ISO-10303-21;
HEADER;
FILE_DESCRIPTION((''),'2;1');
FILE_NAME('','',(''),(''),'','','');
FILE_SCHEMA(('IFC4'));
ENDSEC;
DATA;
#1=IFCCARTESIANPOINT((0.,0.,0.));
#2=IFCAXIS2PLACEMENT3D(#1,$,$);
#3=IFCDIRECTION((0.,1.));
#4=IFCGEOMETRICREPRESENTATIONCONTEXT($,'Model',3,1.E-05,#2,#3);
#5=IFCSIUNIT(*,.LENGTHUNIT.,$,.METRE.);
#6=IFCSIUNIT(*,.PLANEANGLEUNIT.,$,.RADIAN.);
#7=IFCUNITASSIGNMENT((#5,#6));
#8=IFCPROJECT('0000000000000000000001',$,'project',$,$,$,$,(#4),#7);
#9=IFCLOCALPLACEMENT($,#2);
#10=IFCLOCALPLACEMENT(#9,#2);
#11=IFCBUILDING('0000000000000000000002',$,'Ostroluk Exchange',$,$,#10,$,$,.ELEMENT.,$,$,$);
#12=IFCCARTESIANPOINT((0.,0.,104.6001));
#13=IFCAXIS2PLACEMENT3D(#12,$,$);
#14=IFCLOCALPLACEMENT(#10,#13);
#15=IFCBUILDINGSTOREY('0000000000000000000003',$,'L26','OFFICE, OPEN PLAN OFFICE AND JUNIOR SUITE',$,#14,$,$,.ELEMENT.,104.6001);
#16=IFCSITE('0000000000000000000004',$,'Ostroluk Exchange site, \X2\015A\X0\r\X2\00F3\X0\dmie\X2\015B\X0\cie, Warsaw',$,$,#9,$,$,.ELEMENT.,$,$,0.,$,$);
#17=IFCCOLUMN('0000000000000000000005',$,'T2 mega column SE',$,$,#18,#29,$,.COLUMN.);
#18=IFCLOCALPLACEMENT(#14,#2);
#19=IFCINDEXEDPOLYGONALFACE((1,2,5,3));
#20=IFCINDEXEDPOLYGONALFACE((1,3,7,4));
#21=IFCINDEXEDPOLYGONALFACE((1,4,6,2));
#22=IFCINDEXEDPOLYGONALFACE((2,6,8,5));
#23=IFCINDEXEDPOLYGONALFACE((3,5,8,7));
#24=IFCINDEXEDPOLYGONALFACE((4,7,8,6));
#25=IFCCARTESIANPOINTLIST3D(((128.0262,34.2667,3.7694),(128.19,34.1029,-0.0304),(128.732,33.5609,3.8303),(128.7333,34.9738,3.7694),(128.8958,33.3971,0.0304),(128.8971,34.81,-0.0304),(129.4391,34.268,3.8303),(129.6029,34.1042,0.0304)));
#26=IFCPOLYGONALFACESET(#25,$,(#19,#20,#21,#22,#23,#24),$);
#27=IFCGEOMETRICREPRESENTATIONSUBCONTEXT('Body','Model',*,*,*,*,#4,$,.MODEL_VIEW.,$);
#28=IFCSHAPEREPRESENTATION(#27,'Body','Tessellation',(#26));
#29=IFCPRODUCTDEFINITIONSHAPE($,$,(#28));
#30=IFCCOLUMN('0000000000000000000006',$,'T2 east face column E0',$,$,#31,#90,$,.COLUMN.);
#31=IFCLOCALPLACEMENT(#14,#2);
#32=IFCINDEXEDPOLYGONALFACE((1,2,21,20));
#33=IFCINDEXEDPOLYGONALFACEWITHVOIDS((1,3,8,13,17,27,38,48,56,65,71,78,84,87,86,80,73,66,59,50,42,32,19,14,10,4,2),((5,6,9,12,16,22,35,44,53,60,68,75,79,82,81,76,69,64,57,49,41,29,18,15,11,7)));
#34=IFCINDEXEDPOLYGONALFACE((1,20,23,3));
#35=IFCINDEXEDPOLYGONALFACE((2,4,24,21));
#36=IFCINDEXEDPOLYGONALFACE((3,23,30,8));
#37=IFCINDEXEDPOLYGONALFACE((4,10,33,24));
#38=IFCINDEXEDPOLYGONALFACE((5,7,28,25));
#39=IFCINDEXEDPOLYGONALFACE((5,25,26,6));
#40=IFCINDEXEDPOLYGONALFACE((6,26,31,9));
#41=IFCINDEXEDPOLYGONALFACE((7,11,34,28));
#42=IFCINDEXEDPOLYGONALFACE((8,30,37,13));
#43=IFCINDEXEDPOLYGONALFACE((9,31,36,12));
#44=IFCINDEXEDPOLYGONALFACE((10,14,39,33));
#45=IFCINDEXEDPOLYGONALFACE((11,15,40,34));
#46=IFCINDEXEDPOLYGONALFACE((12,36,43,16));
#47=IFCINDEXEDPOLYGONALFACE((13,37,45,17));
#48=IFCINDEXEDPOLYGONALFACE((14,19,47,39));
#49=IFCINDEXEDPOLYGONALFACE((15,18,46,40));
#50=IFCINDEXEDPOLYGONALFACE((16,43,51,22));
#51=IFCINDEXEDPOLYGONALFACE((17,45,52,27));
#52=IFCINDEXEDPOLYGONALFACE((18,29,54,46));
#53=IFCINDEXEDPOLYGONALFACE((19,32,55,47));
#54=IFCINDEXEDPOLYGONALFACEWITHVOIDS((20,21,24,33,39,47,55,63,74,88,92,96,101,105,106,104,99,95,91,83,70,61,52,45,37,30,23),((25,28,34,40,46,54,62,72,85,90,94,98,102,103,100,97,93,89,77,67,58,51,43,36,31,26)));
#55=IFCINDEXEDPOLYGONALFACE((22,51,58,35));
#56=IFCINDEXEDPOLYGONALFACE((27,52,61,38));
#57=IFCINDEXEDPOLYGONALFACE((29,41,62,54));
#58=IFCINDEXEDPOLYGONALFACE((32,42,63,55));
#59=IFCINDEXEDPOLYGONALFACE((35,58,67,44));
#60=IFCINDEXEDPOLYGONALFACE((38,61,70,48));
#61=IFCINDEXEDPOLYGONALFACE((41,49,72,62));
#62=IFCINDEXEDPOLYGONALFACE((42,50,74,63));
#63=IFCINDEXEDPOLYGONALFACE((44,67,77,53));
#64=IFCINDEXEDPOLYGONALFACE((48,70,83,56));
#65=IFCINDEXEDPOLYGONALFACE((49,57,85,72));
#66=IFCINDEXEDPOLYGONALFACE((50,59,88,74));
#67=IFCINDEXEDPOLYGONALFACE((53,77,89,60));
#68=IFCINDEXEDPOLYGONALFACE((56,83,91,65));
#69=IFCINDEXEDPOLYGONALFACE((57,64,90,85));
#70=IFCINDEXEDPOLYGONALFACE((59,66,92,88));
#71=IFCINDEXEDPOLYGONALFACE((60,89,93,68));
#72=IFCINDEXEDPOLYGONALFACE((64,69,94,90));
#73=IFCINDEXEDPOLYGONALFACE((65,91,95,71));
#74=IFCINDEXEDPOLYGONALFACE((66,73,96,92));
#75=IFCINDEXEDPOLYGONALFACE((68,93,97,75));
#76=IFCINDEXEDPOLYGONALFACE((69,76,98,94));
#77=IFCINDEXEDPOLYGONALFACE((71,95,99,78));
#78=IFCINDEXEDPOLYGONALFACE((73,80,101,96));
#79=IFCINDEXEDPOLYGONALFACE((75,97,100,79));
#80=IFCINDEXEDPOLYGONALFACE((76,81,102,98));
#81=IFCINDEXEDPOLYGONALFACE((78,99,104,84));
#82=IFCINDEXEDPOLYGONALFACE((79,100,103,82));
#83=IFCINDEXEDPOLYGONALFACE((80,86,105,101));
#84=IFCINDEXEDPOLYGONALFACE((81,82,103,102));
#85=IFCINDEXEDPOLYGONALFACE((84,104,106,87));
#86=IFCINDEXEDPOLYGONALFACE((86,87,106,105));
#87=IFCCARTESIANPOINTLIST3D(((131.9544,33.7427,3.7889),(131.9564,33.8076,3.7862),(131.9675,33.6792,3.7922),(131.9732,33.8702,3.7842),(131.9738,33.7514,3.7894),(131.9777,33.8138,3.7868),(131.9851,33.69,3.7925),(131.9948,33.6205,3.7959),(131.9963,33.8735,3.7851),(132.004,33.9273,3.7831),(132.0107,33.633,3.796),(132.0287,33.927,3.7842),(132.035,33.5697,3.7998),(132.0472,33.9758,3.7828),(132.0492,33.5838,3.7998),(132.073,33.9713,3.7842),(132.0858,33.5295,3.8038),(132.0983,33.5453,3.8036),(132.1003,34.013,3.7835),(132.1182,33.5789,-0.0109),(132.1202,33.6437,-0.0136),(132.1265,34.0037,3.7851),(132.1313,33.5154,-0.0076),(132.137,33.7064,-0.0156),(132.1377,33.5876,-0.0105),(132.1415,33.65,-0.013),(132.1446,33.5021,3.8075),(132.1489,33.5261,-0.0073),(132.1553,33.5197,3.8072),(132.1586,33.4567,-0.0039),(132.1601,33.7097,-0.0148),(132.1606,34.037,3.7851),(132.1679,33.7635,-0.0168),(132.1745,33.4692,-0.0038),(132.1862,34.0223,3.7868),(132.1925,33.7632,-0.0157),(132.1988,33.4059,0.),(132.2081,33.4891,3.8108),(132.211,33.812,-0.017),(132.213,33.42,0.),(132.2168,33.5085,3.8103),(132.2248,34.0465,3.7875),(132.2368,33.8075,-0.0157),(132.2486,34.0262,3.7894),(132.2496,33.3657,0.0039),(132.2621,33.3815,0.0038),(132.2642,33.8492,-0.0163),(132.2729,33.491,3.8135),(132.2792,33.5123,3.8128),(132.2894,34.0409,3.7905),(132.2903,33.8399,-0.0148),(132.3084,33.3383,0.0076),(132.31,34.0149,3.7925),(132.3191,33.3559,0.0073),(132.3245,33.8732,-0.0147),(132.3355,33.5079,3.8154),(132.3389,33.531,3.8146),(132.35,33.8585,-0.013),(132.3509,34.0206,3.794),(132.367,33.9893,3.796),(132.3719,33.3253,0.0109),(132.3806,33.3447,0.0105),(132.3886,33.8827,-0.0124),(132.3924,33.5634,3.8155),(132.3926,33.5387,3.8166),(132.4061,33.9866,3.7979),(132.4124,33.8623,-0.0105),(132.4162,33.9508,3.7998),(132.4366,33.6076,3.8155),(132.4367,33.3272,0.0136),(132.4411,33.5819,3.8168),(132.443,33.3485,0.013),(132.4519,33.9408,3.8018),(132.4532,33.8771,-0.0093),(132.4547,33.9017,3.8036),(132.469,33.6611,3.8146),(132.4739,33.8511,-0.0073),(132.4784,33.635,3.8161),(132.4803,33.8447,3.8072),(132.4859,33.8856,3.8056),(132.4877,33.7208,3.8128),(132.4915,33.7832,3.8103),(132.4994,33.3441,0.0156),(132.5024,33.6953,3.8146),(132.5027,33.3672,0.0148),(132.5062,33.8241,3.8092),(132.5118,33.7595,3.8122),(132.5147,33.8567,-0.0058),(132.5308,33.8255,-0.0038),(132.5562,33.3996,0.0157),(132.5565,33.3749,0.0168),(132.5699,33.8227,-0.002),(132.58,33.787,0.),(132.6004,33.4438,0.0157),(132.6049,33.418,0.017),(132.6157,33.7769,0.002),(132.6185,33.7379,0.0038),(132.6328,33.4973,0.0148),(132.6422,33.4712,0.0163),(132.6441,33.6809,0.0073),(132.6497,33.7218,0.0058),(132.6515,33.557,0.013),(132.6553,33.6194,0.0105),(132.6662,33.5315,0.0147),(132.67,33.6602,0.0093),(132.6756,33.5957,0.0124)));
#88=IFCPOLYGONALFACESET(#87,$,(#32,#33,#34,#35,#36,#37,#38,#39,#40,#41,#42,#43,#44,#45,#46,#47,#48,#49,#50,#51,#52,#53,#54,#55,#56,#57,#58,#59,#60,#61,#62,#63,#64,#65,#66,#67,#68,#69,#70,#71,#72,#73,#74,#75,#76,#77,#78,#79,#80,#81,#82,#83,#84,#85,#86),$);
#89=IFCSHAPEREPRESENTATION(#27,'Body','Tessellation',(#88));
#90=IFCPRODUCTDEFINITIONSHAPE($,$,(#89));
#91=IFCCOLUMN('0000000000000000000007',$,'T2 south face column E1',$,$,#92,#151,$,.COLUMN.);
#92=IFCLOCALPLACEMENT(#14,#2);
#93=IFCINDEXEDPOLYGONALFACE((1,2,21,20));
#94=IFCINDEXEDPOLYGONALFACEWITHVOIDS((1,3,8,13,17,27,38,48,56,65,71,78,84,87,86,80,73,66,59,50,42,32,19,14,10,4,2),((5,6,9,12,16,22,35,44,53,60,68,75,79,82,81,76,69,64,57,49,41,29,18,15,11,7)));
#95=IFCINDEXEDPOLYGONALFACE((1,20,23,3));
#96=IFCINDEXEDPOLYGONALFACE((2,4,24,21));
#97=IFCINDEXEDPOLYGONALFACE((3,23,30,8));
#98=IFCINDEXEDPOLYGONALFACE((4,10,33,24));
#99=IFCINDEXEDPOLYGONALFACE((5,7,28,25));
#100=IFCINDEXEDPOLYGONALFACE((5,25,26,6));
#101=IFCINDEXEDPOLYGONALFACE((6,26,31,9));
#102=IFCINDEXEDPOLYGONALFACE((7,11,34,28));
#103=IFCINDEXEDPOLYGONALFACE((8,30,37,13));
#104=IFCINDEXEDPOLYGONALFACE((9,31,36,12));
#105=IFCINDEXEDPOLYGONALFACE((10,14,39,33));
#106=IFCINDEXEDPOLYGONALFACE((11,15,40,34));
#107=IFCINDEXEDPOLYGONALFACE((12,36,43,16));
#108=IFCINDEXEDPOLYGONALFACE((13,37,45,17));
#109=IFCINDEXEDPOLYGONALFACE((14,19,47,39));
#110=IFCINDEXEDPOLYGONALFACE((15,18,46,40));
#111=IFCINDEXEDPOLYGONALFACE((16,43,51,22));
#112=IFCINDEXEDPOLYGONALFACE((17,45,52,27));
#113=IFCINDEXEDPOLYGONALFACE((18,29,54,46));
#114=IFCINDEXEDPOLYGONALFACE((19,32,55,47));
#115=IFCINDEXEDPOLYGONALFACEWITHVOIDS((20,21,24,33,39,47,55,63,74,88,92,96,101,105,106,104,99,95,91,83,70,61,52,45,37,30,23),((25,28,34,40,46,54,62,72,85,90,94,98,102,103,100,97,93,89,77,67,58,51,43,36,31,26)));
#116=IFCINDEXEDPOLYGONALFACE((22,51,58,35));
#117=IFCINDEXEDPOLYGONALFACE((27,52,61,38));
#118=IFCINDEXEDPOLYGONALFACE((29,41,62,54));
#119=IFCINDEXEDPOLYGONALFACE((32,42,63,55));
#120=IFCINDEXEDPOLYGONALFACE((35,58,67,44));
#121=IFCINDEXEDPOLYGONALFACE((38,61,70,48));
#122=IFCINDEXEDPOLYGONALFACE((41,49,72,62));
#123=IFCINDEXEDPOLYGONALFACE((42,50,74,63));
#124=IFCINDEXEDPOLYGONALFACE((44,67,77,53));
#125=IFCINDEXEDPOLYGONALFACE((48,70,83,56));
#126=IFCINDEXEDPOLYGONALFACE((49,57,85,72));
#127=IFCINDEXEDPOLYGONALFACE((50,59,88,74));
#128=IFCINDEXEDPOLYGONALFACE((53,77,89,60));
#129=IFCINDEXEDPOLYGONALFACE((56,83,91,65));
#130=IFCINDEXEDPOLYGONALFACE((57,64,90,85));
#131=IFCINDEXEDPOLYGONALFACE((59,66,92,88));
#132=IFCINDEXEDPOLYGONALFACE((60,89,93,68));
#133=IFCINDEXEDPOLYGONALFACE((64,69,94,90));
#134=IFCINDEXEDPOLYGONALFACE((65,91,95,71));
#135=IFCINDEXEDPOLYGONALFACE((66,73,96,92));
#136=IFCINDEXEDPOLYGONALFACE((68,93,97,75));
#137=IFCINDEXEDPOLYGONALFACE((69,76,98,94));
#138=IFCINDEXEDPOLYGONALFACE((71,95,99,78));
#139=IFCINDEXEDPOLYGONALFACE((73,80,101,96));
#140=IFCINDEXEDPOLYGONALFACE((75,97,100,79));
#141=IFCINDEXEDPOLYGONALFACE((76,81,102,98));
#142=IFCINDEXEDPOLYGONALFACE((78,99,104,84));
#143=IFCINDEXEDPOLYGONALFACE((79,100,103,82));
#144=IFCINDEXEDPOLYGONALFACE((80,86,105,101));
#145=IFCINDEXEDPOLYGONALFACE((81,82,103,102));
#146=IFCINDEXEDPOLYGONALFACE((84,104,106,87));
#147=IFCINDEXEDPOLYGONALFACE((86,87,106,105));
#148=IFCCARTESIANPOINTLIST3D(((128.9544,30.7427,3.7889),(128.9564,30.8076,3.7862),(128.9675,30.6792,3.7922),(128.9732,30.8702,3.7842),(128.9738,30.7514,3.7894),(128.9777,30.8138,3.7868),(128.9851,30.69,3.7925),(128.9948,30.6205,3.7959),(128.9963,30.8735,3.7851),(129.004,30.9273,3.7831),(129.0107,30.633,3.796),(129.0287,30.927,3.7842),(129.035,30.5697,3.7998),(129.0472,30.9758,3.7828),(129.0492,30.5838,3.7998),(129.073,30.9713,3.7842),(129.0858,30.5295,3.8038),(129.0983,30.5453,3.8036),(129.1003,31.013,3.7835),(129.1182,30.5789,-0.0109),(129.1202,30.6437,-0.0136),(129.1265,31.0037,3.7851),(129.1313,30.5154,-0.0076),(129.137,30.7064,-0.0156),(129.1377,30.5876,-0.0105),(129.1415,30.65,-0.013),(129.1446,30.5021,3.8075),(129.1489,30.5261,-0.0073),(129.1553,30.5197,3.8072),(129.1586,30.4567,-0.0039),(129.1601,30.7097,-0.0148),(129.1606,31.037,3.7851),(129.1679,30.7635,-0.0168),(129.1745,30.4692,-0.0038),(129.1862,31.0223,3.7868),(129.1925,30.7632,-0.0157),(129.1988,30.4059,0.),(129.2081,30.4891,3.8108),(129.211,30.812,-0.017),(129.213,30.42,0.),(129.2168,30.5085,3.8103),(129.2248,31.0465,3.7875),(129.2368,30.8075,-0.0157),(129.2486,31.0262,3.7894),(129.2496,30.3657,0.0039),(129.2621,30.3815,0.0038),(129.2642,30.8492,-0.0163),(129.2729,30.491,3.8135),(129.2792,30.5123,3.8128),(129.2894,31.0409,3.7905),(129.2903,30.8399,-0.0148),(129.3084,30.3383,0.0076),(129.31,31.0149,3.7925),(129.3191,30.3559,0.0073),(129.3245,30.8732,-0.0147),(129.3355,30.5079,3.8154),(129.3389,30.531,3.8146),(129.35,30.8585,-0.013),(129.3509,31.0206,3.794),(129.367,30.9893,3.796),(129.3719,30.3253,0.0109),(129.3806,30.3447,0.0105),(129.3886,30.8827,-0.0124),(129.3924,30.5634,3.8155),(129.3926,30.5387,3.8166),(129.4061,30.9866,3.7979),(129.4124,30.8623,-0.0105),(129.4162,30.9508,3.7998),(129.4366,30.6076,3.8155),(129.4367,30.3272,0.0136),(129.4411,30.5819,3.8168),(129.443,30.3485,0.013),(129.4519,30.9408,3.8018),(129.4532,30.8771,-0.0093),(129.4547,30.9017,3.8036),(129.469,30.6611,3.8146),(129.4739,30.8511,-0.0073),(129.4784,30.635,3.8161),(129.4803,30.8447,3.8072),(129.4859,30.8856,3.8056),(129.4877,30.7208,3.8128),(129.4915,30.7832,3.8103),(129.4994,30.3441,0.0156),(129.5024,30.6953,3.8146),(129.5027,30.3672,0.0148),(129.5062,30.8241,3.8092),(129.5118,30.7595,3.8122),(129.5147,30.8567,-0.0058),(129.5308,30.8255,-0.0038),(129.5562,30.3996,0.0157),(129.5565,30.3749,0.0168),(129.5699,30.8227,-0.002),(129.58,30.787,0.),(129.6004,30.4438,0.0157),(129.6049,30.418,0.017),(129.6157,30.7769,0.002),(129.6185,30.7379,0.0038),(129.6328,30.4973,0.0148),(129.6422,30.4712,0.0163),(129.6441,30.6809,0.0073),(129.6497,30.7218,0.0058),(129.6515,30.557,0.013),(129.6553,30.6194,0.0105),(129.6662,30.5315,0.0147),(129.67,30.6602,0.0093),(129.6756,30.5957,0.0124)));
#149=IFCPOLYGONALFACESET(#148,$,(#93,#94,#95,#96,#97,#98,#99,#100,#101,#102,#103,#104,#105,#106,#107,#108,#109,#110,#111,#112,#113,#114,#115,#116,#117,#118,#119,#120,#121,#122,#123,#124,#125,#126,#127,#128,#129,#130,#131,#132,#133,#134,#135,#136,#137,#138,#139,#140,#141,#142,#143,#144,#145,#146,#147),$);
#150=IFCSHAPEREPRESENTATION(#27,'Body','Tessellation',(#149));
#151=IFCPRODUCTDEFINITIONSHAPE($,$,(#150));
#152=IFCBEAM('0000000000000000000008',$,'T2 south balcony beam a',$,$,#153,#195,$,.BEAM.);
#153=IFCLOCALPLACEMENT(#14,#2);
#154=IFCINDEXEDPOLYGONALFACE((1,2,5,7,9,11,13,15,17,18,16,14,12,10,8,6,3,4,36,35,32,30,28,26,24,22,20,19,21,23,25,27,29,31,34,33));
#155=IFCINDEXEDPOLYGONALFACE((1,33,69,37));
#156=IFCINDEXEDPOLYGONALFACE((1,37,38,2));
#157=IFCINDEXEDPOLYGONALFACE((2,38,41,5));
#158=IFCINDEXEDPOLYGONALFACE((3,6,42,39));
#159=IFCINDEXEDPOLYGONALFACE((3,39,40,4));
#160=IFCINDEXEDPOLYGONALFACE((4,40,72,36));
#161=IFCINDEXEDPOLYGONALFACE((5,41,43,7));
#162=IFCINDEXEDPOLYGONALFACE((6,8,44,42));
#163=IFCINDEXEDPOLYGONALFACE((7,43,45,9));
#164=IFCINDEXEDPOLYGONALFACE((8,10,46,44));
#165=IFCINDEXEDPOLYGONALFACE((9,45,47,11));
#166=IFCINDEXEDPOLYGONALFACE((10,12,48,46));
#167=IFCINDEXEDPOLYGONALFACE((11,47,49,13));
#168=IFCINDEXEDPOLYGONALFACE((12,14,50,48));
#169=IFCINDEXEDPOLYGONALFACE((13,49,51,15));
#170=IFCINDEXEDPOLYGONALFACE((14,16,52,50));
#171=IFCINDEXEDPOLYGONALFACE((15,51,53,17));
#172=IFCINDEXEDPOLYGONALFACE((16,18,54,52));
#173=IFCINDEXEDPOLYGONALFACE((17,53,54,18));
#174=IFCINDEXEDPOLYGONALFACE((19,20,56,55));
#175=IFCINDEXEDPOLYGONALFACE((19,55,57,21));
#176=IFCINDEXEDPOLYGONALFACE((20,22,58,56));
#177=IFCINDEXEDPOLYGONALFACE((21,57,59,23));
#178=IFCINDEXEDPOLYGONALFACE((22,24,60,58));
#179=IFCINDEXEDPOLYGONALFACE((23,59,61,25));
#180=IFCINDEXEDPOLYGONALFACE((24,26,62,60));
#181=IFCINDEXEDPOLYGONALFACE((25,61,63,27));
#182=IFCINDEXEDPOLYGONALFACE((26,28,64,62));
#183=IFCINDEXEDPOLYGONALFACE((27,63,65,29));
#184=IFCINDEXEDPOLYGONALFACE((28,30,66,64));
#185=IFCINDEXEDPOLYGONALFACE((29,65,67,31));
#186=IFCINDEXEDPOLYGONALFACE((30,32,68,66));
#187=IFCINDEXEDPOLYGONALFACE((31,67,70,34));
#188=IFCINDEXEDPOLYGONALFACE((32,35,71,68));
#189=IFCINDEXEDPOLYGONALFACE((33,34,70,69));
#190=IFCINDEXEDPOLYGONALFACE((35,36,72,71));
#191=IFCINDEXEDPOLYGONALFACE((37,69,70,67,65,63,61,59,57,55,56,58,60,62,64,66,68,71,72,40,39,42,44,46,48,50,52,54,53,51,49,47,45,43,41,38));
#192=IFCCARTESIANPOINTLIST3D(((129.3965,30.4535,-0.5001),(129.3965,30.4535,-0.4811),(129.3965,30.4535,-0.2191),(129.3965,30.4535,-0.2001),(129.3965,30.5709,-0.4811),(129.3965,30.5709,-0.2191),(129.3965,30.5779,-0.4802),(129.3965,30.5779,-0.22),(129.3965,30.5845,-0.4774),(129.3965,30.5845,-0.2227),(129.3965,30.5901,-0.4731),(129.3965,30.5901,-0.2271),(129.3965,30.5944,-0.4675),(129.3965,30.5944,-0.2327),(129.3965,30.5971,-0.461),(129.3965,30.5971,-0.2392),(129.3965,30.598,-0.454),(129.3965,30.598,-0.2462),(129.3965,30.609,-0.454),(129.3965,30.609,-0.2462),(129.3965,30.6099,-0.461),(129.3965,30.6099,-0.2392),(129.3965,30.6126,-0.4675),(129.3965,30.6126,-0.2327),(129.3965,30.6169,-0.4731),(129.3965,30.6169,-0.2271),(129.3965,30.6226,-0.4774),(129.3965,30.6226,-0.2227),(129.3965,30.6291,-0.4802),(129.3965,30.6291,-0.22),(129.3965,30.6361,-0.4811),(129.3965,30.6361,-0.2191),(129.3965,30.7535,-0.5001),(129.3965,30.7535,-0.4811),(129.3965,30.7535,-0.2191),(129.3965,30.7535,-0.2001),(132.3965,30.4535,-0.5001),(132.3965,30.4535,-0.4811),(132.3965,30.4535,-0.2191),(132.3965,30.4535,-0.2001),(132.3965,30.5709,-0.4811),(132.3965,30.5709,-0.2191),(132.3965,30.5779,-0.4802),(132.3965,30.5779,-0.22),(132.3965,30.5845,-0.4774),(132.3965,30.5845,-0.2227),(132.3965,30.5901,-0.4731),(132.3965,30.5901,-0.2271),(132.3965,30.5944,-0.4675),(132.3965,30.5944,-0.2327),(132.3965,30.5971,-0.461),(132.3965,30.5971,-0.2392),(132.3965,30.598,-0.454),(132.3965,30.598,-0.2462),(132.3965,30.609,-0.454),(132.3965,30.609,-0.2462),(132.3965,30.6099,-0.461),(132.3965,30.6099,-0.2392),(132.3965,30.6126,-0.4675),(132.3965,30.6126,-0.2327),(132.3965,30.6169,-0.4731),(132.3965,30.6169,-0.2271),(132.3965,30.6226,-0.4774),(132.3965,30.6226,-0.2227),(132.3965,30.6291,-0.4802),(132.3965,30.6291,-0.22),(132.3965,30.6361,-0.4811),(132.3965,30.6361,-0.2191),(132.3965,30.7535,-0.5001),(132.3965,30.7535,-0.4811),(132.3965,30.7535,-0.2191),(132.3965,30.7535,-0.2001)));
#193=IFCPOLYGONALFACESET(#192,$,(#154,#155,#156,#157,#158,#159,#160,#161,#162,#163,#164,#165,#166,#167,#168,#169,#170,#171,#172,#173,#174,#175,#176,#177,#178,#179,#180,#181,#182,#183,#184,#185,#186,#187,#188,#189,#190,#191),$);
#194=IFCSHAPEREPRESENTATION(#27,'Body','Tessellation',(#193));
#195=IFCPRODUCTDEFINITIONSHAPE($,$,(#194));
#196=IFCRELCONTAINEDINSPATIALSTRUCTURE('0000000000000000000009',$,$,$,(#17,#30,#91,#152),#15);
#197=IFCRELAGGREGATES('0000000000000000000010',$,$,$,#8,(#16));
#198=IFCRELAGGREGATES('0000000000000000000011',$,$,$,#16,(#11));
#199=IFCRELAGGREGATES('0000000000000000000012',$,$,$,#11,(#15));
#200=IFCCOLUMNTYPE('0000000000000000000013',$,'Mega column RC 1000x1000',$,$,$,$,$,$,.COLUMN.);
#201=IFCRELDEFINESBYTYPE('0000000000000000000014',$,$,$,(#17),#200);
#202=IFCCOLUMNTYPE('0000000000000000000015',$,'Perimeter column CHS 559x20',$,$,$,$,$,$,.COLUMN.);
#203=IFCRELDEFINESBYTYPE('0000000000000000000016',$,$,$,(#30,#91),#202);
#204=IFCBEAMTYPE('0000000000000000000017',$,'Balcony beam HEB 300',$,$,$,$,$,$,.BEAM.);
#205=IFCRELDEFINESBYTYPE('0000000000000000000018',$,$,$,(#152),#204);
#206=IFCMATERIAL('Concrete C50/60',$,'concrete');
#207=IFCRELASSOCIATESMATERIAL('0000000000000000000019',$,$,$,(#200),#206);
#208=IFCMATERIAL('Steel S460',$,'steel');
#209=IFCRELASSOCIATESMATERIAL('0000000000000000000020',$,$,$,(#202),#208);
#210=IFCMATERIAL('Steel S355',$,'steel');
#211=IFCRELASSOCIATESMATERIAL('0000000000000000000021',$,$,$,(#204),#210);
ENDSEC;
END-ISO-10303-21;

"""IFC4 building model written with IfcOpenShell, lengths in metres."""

from ifc_helpers import new_model, si_unit, direction, frame, origin, origin_2d, place, context, subcontext, project, spatial, rectangle, hollow_circle, i_section, extrude, material, material_profile, profile_set, type_object, element, save


model = new_model("IFC4")

# Units and contexts
model_context = context("Model", 3, precision=1e-05, world=origin(), true_north=direction((0.0, 1.0)))
body_context = subcontext(model_context, "Body", "Model", "MODEL_VIEW")
ifc_project = project(units=[si_unit("LENGTHUNIT", "METRE"), si_unit("PLANEANGLEUNIT", "RADIAN")], contexts=[model_context])

# Site, building, storey
site_placement = place(None, origin())
site = spatial("IfcSite", under=ifc_project, at=site_placement, Name="Ostroluk Exchange site, Śródmieście, Warsaw", CompositionType="ELEMENT", RefElevation=0.0)
building_placement = place(site_placement, origin())
building = spatial("IfcBuilding", under=site, at=building_placement, Name="Ostroluk Exchange", CompositionType="ELEMENT")
storey_placement = place(building_placement, frame((0.0, 0.0, 104.6001)))
storey = spatial("IfcBuildingStorey", under=building, at=storey_placement, Name="L26", Description="OFFICE, OPEN PLAN OFFICE AND JUNIOR SUITE", CompositionType="ELEMENT", Elevation=104.6001)

# Columns
ifc_material_1 = material(Name="Concrete C50/60", Category="concrete")
ifc_material_profile_1 = material_profile(ifc_material_1, rectangle(XDim=1.0, YDim=1.0, at=origin_2d()), Name="RC 1000x1000")
ifc_profile_set_1 = profile_set([ifc_material_profile_1], Name="Concrete C50/60")
column_type_1 = type_object("IfcColumnType", Name="Mega column RC 1000x1000", PredefinedType="COLUMN", material=ifc_profile_set_1)
column_placement = place(storey_placement, frame((128.8965, 34.1035, 0.0), z_axis=(-0.043032, 0.043032, 0.998146), x_axis=(-0.707107, -0.707107, 0.0)))
element("IfcColumn", 1, at=column_placement, inside=storey, type_object=column_type_1, Name="T2 mega column SE", PredefinedType="COLUMN", context=body_context, shape_type="SweptSolid", body=[
    extrude(rectangle(XDim=1.0, YDim=1.0, at=origin_2d()), origin(), (0.0, 0.0, 1.0), 3.8069),
])
ifc_material_2 = material(Name="Steel S460", Category="steel")
ifc_material_profile_2 = material_profile(ifc_material_2, hollow_circle(Radius=0.2795, WallThickness=0.02, at=origin_2d()), Name="CHS 559x20")
ifc_profile_set_2 = profile_set([ifc_material_profile_2], Name="Steel S460")
column_type_2 = type_object("IfcColumnType", Name="Perimeter column CHS 559x20", PredefinedType="COLUMN", material=ifc_profile_set_2)
for number, where, z_axis, x_axis, name in (
    (2, (132.3965, 33.6035, 0.0), (-0.043032, 0.043032, 0.998146), (-0.707107, -0.707107, 0.0), "T2 east face column E0"),
    (3, (129.3965, 30.6035, 0.0), (-0.043032, 0.043032, 0.998146), (-0.707107, -0.707107, 0.0), "T2 south face column E1"),
):
    element("IfcColumn", number, at=place(storey_placement, frame(where, z_axis=z_axis, x_axis=x_axis)), inside=storey, type_object=column_type_2, Name=name, PredefinedType="COLUMN", context=body_context, shape_type="SweptSolid", body=[
        extrude(hollow_circle(Radius=0.2795, WallThickness=0.02, at=origin_2d()), origin(), (0.0, 0.0, 1.0), 3.8069),
    ])

# Beam
ifc_material_3 = material(Name="Steel S355", Category="steel")
ifc_material_profile_3 = material_profile(ifc_material_3, i_section(OverallWidth=0.3, OverallDepth=0.3, WebThickness=0.011, FlangeThickness=0.019, FilletRadius=0.0271, at=origin_2d()), Name="HEB 300")
ifc_profile_set_3 = profile_set([ifc_material_profile_3], Name="Steel S355")
beam_type_1 = type_object("IfcBeamType", Name="Balcony beam HEB 300", PredefinedType="BEAM", material=ifc_profile_set_3)
for number, where, z_axis, x_axis, name in (
    (4, (129.3965, 30.6035, -0.3501), (1.0, 0.0, 0.0), (0.0, 1.0, 0.0), "T2 south balcony beam a"),
):
    element("IfcBeam", number, at=place(storey_placement, frame(where, z_axis=z_axis, x_axis=x_axis)), inside=storey, type_object=beam_type_1, Name=name, PredefinedType="BEAM", context=body_context, shape_type="SweptSolid", body=[
        extrude(i_section(OverallWidth=0.3, OverallDepth=0.3, WebThickness=0.011, FlangeThickness=0.019, FilletRadius=0.0271, at=origin_2d()), origin(), (0.0, 0.0, 1.0), 3.0),
    ])

save(model, "model.ifc")
